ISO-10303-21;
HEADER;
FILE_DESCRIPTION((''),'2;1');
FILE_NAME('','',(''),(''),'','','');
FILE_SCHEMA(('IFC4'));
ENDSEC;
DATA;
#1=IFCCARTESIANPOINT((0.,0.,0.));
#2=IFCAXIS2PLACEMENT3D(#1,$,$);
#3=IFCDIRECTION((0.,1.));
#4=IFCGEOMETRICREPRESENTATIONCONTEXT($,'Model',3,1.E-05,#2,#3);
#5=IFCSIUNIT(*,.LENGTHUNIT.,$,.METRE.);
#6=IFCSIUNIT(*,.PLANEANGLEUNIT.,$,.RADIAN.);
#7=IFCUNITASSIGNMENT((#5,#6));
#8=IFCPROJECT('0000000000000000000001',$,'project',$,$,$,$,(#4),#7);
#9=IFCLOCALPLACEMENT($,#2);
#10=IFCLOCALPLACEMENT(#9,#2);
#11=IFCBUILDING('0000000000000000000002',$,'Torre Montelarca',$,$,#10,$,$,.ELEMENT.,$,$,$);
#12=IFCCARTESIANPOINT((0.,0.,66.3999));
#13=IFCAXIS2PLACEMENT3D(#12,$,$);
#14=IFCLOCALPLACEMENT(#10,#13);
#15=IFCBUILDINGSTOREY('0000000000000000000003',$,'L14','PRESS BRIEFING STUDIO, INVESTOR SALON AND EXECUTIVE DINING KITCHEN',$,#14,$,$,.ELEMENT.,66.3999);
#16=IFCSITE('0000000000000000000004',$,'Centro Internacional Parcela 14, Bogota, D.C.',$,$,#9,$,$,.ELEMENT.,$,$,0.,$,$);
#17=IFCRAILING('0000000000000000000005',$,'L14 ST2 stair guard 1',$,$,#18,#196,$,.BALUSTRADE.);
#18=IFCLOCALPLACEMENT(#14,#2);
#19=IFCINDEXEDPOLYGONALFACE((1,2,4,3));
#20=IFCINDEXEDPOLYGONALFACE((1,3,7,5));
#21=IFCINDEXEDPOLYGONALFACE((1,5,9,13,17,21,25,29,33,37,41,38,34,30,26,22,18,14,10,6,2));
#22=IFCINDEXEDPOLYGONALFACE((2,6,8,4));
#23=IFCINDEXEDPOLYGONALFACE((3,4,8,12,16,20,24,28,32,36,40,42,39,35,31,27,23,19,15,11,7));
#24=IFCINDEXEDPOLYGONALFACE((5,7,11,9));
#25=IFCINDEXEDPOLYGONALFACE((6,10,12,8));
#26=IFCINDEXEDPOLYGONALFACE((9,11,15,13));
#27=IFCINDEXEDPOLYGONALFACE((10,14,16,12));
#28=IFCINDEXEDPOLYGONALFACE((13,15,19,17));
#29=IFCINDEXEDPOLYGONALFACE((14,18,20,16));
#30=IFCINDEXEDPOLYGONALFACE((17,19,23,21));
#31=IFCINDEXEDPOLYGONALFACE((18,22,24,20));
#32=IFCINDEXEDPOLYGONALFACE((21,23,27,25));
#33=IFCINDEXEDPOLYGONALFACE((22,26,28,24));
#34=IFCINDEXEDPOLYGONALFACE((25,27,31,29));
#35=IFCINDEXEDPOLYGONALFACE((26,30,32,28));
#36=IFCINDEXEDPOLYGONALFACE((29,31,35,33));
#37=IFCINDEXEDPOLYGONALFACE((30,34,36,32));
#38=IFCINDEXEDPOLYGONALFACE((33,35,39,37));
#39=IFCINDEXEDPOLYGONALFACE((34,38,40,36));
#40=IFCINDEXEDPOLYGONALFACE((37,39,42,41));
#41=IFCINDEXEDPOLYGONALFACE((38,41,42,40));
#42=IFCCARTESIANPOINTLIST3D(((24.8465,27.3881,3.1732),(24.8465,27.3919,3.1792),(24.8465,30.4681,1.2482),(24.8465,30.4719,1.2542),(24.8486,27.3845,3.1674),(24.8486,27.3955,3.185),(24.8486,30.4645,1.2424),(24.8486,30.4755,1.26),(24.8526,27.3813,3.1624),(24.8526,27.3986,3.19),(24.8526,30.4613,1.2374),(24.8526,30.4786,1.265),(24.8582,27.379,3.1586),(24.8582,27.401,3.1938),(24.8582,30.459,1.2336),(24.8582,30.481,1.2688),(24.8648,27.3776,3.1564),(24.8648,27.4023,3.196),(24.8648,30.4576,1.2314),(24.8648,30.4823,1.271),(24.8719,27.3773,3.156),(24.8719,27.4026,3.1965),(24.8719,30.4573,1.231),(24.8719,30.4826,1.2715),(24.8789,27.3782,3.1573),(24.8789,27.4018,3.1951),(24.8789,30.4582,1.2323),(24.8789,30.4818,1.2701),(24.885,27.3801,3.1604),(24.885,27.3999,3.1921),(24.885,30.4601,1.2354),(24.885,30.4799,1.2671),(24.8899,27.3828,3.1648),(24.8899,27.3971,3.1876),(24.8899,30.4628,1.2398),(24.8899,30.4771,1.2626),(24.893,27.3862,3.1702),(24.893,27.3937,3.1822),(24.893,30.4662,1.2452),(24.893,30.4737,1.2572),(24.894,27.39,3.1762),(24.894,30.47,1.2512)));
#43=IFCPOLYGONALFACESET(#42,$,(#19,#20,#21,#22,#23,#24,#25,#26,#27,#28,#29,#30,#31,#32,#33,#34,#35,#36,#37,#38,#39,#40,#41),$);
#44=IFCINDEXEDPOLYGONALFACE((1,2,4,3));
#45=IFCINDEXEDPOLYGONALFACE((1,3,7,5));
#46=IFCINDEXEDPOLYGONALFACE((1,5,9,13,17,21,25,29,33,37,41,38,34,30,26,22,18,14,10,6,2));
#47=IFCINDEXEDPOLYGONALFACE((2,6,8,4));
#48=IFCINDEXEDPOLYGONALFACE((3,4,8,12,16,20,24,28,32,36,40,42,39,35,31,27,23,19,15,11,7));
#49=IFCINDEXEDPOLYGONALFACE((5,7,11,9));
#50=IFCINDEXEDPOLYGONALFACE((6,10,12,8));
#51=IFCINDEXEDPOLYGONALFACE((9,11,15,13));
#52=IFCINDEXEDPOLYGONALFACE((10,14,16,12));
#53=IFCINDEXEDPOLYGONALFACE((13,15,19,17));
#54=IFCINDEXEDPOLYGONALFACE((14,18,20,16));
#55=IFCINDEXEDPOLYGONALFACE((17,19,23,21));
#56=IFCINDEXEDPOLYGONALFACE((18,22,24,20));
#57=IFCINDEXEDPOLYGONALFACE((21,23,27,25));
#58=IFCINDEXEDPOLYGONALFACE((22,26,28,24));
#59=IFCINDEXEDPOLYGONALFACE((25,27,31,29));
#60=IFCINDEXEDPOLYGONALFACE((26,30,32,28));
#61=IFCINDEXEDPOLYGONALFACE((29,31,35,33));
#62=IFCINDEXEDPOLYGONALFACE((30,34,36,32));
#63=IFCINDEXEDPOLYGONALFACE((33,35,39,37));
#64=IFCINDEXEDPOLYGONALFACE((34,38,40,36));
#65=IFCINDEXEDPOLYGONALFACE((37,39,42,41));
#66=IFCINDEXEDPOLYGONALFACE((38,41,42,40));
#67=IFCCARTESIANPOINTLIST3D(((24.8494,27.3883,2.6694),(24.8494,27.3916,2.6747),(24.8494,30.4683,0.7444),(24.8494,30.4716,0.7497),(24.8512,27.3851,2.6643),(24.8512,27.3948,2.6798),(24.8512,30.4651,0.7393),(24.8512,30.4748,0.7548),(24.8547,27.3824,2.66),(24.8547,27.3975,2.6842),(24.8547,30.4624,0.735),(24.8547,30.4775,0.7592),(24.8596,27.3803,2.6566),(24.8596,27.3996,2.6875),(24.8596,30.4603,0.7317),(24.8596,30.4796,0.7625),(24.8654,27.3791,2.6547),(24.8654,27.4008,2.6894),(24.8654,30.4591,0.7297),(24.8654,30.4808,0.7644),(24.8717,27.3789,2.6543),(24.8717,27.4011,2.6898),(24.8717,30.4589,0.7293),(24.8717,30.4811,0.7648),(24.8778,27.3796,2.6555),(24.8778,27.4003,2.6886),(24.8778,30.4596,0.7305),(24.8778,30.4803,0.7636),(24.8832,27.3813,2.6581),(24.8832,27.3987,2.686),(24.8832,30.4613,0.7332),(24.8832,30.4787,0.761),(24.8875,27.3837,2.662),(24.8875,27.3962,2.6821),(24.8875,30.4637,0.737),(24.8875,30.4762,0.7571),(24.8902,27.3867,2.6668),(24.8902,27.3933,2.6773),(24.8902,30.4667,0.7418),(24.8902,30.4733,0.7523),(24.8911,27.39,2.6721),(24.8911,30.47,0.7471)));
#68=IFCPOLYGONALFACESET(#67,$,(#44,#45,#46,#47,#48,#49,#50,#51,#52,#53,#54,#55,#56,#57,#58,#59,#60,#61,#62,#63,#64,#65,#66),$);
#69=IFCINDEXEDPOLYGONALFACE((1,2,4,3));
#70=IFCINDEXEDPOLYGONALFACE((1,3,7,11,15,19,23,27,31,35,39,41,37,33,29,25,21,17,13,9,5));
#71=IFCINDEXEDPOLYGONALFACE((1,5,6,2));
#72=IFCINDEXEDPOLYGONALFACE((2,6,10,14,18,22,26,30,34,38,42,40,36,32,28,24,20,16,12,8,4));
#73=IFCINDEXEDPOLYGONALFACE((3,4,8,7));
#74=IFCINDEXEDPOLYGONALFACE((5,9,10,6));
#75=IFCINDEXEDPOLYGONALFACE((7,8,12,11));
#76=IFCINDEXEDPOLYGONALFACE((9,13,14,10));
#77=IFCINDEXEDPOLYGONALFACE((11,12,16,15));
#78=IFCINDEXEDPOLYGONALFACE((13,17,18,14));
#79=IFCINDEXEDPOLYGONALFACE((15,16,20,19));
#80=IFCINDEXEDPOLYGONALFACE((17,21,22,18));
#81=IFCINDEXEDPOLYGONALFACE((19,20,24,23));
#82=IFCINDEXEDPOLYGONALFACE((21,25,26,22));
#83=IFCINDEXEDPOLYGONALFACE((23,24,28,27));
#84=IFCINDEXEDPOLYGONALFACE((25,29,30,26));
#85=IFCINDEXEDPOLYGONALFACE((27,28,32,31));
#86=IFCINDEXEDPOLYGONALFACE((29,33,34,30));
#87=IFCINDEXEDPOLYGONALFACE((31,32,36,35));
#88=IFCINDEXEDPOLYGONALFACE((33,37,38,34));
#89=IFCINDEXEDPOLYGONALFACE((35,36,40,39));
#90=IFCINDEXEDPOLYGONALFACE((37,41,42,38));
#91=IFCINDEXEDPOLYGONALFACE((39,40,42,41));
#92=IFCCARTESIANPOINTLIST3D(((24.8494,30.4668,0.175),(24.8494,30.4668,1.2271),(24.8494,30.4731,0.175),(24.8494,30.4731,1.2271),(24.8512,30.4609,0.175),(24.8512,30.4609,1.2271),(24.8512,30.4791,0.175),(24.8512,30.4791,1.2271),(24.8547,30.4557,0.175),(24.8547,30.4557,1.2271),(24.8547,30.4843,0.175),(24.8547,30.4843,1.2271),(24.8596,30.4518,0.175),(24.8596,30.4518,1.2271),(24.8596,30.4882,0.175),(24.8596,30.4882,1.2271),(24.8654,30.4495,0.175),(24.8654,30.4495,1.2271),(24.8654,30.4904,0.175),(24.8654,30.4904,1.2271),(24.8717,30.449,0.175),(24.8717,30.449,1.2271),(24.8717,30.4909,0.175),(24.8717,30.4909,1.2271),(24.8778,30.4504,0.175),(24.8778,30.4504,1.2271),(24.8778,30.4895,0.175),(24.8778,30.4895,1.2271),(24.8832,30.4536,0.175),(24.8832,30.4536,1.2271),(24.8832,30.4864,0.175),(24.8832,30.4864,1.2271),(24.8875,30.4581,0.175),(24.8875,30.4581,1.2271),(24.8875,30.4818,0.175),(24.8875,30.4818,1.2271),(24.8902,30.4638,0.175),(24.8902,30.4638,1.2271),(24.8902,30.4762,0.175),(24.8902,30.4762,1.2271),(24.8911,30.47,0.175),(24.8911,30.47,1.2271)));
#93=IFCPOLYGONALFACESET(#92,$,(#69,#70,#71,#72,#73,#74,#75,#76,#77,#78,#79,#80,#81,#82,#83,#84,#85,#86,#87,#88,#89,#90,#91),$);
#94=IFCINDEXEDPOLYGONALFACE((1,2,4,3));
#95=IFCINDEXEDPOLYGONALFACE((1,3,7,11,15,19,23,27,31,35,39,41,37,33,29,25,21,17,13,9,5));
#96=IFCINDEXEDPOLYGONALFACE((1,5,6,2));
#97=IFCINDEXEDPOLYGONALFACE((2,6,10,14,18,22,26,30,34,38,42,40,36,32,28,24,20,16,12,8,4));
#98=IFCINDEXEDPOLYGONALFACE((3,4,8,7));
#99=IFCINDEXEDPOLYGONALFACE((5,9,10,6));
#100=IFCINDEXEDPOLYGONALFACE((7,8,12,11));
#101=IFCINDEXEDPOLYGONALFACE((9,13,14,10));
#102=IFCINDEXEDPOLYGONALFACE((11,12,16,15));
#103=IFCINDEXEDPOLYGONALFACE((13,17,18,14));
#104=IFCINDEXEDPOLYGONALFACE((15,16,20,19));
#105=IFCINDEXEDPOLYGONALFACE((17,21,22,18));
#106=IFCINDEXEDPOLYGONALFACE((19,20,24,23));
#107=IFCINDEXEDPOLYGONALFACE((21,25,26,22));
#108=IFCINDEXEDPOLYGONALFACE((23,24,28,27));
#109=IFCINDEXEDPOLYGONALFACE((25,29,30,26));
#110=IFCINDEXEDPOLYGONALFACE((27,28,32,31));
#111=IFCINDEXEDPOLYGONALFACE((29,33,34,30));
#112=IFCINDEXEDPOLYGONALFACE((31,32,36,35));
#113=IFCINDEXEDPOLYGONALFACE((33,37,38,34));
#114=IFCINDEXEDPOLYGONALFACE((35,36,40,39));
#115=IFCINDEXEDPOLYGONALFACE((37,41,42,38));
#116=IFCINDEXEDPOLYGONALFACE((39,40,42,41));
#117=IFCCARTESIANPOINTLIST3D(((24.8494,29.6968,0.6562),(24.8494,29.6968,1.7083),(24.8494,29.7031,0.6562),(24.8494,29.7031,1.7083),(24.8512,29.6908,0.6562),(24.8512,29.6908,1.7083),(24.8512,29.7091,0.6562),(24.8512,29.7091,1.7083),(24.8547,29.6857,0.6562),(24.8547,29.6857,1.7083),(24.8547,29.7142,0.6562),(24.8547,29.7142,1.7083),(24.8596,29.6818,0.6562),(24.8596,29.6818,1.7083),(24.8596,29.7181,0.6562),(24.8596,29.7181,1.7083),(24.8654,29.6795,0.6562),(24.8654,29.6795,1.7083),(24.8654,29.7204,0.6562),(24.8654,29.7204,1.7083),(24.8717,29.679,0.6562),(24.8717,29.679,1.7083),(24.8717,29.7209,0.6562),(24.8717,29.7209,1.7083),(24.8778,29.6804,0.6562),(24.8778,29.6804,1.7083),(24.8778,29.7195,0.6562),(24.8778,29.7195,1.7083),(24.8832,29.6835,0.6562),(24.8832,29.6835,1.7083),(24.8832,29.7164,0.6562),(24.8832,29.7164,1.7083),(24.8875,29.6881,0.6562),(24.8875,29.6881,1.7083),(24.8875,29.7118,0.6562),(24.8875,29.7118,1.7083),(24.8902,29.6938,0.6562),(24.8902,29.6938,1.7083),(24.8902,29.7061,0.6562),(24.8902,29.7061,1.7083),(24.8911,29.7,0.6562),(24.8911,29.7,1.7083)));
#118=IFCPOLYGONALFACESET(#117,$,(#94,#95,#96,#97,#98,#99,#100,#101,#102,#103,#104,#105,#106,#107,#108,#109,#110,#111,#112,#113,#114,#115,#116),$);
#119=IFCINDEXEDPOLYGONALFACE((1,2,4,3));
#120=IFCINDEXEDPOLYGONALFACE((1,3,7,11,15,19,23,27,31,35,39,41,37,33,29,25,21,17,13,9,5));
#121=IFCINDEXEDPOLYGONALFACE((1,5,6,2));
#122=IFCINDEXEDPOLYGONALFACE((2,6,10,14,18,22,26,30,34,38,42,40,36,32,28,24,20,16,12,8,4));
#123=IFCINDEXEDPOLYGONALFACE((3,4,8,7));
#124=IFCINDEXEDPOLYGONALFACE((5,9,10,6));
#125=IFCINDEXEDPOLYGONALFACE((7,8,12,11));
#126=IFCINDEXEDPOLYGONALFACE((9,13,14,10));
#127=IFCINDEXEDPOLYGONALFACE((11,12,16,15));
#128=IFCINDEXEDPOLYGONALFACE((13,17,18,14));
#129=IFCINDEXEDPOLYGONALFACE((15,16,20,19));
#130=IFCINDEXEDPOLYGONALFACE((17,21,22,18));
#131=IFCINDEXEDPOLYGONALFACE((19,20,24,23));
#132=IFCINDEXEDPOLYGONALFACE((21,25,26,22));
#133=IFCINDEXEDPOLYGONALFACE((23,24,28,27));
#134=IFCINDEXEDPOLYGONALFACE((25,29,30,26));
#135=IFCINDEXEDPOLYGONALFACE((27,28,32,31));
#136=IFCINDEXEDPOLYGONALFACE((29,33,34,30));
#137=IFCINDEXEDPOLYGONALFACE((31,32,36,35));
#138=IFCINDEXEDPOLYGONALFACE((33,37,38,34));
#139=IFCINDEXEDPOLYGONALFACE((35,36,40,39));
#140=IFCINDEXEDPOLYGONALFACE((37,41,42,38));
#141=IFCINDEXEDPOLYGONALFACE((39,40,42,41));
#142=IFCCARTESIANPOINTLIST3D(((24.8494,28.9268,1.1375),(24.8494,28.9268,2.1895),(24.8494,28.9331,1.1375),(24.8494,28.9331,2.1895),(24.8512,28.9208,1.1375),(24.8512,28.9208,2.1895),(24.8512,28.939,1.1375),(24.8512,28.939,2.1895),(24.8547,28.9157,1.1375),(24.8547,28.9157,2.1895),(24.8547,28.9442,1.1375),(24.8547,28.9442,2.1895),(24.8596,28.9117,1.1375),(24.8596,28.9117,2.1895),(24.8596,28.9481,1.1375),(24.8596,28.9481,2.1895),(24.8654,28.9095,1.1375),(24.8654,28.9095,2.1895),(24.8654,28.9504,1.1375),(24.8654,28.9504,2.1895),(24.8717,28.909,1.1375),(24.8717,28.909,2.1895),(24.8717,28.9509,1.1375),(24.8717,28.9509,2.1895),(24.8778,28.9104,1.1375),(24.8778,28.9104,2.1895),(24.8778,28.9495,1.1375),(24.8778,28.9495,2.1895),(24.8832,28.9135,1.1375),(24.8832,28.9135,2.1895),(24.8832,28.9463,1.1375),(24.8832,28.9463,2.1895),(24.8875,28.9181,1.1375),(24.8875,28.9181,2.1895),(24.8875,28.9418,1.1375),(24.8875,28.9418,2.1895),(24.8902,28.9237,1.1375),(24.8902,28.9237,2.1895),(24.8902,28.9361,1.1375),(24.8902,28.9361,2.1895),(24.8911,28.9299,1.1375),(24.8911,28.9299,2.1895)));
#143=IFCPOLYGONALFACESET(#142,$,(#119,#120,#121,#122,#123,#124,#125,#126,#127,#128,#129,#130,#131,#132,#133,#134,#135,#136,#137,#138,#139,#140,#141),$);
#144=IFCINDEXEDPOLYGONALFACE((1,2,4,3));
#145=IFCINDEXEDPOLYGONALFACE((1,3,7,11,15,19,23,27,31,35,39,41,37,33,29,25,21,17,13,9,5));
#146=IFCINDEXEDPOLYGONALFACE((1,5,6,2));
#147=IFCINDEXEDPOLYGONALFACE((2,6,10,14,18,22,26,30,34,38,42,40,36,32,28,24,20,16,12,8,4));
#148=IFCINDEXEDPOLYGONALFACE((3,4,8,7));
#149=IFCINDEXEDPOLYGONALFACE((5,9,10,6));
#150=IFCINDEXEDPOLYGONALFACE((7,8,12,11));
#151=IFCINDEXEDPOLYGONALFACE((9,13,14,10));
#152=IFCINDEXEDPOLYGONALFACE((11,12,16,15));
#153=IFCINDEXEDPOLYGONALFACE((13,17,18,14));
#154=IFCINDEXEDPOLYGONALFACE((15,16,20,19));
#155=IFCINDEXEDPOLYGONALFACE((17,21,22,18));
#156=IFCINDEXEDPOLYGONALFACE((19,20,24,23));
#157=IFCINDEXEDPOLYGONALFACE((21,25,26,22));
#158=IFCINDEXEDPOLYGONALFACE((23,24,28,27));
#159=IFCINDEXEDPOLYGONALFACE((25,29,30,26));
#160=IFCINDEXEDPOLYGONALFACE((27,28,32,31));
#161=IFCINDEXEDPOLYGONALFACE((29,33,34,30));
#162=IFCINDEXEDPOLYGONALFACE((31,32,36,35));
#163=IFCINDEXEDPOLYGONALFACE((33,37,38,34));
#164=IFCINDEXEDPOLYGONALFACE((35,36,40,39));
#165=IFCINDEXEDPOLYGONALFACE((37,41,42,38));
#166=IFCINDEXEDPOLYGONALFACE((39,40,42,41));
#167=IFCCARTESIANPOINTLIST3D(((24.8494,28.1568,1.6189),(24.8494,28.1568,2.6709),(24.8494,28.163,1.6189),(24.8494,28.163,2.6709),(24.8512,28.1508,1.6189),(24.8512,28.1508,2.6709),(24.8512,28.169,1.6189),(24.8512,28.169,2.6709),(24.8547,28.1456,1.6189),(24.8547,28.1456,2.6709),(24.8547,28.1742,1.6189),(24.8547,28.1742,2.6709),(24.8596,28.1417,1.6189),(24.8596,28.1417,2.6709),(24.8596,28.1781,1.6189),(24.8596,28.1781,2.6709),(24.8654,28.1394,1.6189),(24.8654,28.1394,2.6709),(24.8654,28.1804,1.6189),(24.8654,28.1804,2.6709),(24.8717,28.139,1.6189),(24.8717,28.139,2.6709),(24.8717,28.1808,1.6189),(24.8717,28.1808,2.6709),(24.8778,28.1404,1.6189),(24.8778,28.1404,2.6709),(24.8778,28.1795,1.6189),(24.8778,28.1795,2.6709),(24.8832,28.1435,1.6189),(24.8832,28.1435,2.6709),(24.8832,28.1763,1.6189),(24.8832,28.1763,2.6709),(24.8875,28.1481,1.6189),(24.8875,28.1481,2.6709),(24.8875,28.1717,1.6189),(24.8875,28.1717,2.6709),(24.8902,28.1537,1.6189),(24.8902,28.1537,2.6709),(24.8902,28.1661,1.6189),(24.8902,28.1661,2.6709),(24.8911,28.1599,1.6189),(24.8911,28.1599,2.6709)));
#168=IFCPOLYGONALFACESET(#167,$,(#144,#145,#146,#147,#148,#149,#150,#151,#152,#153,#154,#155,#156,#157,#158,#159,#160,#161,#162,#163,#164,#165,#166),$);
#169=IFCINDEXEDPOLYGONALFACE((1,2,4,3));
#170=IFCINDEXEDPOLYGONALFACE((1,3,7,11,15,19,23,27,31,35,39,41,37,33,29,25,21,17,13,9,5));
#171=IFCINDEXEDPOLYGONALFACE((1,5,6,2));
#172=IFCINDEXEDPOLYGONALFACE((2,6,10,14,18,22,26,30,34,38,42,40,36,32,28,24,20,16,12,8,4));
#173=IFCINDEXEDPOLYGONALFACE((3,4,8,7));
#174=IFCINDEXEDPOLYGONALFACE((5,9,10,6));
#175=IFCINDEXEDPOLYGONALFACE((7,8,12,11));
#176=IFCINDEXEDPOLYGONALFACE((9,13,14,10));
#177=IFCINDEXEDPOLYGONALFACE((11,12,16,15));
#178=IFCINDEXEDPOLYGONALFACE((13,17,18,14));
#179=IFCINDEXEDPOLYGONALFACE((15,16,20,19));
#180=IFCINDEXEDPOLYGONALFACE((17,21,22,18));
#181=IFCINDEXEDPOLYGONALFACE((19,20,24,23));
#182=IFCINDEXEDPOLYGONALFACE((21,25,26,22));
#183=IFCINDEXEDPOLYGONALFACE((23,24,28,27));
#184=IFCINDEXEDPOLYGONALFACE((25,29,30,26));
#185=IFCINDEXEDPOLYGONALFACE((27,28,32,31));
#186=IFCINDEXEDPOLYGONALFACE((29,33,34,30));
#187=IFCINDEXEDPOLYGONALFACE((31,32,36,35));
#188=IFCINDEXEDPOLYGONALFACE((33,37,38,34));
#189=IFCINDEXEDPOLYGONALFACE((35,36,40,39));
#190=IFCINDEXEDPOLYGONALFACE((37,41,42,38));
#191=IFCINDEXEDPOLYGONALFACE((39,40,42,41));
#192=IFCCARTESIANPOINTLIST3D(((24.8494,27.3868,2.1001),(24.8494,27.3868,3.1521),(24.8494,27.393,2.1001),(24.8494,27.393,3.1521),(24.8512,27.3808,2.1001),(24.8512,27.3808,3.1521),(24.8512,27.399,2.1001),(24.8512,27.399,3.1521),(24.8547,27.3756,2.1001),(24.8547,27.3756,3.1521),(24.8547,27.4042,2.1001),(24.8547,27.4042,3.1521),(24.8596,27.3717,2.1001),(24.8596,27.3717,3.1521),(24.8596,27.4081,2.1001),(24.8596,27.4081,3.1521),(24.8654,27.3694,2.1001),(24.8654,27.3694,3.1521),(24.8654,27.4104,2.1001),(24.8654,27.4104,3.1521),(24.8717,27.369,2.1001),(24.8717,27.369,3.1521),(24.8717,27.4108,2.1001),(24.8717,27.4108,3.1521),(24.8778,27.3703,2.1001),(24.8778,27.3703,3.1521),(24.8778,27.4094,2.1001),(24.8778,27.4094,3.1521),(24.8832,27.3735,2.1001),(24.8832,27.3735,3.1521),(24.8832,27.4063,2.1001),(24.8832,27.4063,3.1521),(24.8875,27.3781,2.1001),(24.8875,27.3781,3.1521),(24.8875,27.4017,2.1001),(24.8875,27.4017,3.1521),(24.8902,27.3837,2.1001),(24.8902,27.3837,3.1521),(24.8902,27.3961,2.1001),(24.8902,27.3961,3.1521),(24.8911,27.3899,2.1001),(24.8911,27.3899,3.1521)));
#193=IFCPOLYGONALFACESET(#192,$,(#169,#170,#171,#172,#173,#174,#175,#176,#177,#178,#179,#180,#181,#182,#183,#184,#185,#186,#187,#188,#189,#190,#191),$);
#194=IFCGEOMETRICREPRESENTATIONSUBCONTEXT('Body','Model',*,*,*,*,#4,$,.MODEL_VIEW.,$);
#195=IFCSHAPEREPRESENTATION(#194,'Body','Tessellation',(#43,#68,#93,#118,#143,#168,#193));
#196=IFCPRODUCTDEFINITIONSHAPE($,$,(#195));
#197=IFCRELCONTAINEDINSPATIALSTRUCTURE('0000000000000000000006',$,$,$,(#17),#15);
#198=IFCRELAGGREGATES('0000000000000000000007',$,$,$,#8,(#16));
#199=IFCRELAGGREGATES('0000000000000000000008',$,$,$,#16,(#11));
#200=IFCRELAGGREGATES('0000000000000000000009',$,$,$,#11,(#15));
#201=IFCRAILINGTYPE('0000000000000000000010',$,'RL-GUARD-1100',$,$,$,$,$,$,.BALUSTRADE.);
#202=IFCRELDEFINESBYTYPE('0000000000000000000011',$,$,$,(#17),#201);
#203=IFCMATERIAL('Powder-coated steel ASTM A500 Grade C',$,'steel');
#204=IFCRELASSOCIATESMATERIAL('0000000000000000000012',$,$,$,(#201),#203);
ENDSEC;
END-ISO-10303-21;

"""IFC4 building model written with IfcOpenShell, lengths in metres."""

from ifc_helpers import new_model, si_unit, direction, frame, origin, origin_2d, place, context, subcontext, project, spatial, circle, extrude, material, type_object, element, save


model = new_model("IFC4")

# Units and contexts
model_context = context("Model", 3, precision=1e-05, world=origin(), true_north=direction((0.0, 1.0)))
body_context = subcontext(model_context, "Body", "Model", "MODEL_VIEW")
ifc_project = project(units=[si_unit("LENGTHUNIT", "METRE"), si_unit("PLANEANGLEUNIT", "RADIAN")], contexts=[model_context])

# Site, building, storey
site_placement = place(None, origin())
site = spatial("IfcSite", under=ifc_project, at=site_placement, Name="Centro Internacional Parcela 14, Bogota, D.C.", CompositionType="ELEMENT", RefElevation=0.0)
building_placement = place(site_placement, origin())
building = spatial("IfcBuilding", under=site, at=building_placement, Name="Torre Montelarca", CompositionType="ELEMENT")
storey_placement = place(building_placement, frame((0.0, 0.0, 66.3999)))
storey = spatial("IfcBuildingStorey", under=building, at=storey_placement, Name="L14", Description="PRESS BRIEFING STUDIO, INVESTOR SALON AND EXECUTIVE DINING KITCHEN", CompositionType="ELEMENT", Elevation=66.3999)

# Railing
ifc_material_1 = material(Name="Powder-coated steel ASTM A500 Grade C", Category="steel")
railing_type_1 = type_object("IfcRailingType", Name="RL-GUARD-1100", PredefinedType="BALUSTRADE", material=ifc_material_1)
railing_1_placement = place(storey_placement, frame((24.8701, 30.47, 0.175)))
element("IfcRailing", 1, at=railing_1_placement, inside=storey, type_object=railing_type_1, Name="L14 ST2 stair guard 1", PredefinedType="BALUSTRADE", context=body_context, shape_type="SweptSolid", body=[
    extrude(circle(Radius=0.0239, at=origin_2d()), frame((0.0, 0.0, 1.0762), z_axis=(0.0, -0.847998, 0.529999), x_axis=(1.0, 0.0, 0.0)), (0.0, 0.0, 1.0), 3.6321),
    extrude(circle(Radius=0.021, at=origin_2d()), frame((0.0, 0.0, 0.572), z_axis=(0.0, -0.847998, 0.529999), x_axis=(1.0, 0.0, 0.0)), (0.0, 0.0, 1.0), 3.6321),
    extrude(circle(Radius=0.021, at=origin_2d()), origin(), (0.0, 0.0, 1.0), 1.052),
    extrude(circle(Radius=0.021, at=origin_2d()), frame((0.0, -0.77, 0.4812)), (0.0, 0.0, 1.0), 1.052),
    extrude(circle(Radius=0.021, at=origin_2d()), frame((0.0, -1.54, 0.9624)), (0.0, 0.0, 1.0), 1.052),
    extrude(circle(Radius=0.021, at=origin_2d()), frame((0.0, -2.3101, 1.4438)), (0.0, 0.0, 1.0), 1.052),
    extrude(circle(Radius=0.021, at=origin_2d()), frame((0.0, -3.0801, 1.925)), (0.0, 0.0, 1.0), 1.052),
])

save(model, "model.ifc")
